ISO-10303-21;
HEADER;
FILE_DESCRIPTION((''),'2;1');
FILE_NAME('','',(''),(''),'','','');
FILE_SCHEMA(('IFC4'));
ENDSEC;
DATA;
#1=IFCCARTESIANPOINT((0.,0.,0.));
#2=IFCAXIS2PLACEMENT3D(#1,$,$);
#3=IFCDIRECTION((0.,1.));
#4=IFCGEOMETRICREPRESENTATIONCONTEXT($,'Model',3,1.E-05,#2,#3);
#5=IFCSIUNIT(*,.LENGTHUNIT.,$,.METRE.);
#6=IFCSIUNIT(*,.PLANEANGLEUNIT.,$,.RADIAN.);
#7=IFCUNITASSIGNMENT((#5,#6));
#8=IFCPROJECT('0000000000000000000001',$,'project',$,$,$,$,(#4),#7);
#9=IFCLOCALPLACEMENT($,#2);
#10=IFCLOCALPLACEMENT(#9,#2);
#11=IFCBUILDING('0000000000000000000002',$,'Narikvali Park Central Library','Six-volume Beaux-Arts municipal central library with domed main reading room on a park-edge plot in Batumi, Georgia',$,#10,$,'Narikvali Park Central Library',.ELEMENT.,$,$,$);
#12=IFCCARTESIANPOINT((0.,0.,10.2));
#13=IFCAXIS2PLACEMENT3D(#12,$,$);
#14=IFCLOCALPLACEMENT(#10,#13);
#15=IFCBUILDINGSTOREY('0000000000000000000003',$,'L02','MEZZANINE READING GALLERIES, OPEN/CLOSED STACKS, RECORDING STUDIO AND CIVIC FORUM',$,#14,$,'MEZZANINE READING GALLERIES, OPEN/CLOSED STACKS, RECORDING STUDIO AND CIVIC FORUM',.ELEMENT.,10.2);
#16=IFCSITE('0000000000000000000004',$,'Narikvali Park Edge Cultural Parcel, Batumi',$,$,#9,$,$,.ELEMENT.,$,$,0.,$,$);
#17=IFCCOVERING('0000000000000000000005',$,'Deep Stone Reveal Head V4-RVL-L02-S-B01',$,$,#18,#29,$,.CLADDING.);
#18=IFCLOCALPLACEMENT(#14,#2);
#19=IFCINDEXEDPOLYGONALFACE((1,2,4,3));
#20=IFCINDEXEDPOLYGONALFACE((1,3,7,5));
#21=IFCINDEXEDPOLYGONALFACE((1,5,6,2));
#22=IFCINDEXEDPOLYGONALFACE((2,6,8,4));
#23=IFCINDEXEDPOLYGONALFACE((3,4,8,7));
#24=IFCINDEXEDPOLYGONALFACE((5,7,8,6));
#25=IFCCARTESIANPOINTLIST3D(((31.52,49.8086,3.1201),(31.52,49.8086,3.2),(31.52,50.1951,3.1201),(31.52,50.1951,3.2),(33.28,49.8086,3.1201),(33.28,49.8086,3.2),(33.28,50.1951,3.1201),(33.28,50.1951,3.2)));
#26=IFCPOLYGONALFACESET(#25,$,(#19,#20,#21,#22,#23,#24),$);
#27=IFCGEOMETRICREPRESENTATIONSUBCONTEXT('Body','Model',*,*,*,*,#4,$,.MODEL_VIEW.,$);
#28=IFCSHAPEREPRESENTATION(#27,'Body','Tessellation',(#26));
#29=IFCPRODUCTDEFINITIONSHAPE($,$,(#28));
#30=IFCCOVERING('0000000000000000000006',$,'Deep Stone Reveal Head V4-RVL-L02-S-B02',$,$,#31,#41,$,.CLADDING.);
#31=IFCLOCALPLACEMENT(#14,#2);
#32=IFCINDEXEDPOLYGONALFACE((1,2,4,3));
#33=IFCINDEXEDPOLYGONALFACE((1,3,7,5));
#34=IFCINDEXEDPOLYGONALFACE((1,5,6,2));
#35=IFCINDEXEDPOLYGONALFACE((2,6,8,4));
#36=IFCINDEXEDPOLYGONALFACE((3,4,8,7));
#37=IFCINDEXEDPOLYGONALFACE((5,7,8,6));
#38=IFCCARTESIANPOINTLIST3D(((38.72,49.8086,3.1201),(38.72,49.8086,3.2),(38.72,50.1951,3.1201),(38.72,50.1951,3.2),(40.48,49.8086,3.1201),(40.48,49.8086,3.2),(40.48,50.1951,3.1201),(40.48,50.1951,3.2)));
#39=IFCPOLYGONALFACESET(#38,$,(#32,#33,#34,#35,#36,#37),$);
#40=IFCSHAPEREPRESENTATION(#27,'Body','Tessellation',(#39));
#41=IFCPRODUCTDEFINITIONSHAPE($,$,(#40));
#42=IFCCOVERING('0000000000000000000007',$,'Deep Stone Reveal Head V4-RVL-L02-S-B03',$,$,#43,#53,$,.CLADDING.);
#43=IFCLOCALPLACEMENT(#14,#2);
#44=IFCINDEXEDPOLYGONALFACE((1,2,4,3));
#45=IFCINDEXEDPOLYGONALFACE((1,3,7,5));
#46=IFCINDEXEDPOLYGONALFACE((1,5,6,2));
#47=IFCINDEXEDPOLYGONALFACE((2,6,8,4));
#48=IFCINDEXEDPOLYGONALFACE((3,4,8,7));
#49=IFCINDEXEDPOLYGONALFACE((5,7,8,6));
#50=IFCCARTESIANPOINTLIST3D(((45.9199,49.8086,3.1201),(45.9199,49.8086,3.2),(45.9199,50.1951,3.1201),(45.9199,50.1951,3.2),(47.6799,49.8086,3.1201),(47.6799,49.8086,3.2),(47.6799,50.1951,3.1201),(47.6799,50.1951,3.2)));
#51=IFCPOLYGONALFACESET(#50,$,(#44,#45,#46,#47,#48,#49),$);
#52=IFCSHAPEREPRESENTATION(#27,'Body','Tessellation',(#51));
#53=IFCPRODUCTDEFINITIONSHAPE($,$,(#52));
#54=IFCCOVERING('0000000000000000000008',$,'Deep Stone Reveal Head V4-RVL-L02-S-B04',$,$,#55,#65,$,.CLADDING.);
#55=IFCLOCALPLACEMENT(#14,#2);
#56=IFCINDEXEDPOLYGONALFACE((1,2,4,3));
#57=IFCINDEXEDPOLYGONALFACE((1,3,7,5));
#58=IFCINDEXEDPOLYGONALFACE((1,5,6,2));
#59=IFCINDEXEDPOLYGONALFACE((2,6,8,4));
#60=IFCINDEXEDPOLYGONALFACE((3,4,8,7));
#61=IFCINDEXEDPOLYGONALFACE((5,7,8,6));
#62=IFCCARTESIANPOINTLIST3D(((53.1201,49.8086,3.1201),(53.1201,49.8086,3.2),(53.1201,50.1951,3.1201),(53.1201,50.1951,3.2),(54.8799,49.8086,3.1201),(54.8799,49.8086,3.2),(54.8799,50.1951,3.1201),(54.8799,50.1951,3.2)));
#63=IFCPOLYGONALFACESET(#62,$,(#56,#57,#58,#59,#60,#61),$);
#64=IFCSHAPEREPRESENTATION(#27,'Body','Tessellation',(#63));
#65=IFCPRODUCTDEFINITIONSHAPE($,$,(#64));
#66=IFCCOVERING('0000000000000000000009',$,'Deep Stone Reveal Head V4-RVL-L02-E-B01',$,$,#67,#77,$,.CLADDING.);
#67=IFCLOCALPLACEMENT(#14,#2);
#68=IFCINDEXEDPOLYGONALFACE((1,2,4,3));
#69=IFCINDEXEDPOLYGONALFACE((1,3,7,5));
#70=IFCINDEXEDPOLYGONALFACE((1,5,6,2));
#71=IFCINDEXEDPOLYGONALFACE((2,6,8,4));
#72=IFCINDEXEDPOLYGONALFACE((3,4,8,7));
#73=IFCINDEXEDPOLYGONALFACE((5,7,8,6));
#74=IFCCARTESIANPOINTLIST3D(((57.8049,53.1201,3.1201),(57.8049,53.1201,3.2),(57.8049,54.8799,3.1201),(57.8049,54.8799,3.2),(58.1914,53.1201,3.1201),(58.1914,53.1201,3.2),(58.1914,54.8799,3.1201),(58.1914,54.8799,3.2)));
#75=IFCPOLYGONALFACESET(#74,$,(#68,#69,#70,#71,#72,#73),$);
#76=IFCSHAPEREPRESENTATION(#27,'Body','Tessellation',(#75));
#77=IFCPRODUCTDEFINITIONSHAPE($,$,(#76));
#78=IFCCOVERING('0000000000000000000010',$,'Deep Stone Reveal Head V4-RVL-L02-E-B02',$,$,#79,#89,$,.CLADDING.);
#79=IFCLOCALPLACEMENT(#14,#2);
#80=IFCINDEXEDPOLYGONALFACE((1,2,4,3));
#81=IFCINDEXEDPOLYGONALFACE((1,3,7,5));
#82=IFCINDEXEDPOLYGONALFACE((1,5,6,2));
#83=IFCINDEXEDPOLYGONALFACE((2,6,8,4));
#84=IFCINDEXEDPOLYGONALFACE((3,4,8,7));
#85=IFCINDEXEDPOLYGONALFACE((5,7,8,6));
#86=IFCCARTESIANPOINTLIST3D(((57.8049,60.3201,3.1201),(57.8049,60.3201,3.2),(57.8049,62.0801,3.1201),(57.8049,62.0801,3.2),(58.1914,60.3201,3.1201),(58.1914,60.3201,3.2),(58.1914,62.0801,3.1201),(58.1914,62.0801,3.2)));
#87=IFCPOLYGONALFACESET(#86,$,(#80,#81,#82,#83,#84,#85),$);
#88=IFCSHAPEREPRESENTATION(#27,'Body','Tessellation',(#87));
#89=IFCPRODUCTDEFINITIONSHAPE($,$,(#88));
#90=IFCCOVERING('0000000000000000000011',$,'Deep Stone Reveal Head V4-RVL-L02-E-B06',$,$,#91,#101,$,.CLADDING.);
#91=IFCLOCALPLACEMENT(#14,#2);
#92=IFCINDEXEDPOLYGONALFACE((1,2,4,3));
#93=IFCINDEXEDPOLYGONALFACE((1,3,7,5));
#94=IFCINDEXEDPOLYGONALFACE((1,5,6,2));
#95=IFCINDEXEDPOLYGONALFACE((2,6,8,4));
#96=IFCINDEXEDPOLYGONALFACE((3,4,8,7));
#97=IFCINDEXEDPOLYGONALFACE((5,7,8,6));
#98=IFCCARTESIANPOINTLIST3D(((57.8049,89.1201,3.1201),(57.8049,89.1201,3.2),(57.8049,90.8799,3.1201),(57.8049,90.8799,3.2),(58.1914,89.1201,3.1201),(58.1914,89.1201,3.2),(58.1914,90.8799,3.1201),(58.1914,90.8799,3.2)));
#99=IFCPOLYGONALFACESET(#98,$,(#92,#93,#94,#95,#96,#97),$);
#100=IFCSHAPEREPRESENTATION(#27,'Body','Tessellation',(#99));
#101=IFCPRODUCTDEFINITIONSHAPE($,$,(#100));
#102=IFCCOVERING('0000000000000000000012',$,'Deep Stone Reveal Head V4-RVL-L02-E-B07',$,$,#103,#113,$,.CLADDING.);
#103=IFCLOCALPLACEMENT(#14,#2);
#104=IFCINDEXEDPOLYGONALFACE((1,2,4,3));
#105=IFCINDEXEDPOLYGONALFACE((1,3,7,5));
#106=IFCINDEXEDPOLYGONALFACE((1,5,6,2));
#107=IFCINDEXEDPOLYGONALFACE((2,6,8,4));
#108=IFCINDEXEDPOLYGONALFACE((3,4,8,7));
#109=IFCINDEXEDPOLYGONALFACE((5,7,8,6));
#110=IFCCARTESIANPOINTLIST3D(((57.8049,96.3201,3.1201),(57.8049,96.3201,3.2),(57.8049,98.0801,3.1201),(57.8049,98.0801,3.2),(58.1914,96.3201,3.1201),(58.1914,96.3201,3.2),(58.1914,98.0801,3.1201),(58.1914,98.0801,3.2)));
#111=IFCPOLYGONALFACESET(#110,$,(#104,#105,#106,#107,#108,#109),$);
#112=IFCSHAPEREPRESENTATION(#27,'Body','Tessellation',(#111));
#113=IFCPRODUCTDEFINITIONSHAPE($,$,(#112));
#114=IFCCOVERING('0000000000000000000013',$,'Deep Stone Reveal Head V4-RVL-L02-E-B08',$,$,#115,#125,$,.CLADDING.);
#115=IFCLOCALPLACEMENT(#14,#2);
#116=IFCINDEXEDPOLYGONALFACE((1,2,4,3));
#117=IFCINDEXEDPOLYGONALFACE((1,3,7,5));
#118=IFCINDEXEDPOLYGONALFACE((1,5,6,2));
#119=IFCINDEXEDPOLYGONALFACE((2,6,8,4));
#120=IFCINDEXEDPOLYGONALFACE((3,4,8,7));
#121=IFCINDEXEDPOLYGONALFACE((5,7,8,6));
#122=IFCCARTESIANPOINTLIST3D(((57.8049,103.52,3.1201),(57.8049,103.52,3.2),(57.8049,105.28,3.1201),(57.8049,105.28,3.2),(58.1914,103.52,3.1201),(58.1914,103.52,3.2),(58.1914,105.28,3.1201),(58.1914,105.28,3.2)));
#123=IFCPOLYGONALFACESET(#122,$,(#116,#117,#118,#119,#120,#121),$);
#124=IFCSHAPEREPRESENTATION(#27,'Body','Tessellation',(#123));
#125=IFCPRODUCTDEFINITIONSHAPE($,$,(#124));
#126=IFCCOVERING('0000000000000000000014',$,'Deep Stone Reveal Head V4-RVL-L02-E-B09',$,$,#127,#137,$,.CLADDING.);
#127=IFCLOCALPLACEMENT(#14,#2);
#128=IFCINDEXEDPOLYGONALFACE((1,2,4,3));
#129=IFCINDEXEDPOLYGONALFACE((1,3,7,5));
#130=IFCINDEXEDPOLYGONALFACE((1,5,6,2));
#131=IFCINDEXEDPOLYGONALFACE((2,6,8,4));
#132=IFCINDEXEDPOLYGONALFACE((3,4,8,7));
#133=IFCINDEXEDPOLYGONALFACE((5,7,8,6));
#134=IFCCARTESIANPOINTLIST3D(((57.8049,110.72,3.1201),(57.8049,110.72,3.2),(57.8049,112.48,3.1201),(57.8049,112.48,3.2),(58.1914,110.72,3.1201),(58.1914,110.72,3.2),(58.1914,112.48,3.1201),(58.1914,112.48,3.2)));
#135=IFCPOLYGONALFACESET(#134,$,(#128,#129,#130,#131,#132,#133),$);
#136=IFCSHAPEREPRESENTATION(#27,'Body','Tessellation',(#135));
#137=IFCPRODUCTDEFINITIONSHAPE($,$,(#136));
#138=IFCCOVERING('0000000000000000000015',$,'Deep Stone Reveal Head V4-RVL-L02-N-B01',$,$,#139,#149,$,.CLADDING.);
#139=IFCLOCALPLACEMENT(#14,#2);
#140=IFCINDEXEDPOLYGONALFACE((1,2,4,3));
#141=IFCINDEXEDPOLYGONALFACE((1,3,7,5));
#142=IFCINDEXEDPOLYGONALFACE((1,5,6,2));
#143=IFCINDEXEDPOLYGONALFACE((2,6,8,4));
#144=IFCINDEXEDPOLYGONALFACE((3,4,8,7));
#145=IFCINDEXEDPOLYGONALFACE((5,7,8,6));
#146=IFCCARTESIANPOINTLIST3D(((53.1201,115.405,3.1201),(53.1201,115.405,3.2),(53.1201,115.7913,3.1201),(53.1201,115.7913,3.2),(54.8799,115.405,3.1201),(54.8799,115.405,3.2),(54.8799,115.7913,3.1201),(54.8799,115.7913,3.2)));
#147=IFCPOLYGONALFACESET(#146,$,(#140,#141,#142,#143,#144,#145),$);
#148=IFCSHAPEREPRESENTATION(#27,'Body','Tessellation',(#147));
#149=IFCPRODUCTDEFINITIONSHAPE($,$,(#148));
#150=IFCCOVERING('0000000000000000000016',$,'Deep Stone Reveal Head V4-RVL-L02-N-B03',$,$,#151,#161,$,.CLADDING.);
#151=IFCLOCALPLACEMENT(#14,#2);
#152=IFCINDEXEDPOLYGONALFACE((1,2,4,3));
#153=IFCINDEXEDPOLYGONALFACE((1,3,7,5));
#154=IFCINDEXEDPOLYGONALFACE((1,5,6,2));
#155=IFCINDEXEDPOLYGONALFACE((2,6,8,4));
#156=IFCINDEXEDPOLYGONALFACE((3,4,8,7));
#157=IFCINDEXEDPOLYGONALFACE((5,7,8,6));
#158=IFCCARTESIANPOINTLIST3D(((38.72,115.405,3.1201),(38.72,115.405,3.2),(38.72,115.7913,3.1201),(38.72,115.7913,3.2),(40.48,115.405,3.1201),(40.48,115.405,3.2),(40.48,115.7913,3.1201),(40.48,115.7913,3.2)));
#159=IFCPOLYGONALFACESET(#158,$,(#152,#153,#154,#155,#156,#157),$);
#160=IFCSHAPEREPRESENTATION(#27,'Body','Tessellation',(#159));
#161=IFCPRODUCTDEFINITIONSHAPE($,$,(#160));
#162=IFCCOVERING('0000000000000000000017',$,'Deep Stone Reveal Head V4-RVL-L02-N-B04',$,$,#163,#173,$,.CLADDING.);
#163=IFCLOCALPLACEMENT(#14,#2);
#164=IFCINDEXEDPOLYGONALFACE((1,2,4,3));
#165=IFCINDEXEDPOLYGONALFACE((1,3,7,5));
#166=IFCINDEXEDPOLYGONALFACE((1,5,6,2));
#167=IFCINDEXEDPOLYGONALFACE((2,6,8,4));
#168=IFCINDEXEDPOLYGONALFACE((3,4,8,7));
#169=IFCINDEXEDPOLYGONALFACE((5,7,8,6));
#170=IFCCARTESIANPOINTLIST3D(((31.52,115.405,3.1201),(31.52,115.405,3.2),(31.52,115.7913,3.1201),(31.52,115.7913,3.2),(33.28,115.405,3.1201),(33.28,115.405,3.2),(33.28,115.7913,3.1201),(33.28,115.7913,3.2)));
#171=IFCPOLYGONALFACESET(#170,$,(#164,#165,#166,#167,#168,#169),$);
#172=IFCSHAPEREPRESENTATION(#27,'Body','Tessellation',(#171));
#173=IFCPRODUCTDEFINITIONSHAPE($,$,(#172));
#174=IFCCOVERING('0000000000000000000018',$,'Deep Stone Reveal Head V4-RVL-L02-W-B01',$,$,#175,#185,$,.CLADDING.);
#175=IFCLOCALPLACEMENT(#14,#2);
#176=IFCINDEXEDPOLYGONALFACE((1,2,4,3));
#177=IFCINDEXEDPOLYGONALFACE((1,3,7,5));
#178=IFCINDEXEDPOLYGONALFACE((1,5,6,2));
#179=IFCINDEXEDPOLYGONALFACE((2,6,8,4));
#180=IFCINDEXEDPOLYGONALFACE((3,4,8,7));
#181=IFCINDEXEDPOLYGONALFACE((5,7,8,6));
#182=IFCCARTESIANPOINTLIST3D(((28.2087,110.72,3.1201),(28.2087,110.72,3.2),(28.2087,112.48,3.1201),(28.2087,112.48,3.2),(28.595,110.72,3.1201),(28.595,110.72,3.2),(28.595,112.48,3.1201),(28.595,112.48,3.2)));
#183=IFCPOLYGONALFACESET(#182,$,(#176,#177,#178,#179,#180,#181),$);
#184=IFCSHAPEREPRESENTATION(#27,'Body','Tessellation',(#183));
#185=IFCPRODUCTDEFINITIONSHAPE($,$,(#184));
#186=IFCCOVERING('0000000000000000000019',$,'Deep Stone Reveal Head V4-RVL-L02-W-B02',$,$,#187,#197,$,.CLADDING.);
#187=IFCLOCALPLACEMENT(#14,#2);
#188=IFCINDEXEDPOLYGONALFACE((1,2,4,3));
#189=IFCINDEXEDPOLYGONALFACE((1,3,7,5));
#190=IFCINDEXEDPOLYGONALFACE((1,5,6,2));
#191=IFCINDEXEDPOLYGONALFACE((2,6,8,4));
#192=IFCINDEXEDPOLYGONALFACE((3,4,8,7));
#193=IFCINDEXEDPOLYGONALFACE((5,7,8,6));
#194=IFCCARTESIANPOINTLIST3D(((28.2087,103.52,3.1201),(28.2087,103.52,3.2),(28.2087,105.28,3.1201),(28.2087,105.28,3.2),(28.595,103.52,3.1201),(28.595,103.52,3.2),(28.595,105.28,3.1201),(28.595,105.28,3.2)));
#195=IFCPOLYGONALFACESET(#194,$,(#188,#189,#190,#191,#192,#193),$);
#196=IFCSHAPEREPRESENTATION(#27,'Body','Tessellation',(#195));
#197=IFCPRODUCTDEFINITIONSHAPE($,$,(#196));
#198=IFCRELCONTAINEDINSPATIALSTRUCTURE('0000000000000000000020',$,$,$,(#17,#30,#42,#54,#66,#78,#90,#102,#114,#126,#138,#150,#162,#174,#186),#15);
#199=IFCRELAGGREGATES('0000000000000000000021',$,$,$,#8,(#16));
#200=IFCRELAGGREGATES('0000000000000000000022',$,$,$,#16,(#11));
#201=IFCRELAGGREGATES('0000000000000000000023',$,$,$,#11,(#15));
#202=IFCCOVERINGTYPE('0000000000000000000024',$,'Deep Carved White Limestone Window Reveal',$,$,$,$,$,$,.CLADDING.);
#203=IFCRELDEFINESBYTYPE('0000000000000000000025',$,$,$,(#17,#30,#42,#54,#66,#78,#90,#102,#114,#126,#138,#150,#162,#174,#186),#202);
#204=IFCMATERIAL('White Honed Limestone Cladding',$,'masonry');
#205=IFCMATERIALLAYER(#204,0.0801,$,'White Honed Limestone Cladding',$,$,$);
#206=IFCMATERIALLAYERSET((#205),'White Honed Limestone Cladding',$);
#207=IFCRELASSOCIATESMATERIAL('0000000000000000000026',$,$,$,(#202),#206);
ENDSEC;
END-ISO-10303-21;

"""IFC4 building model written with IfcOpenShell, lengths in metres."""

from ifc_helpers import new_model, si_unit, direction, frame, origin, place, context, subcontext, project, spatial, polyline, outline, extrude, material, layer, layer_set, type_object, element, save


model = new_model("IFC4")

# Units and contexts
model_context = context("Model", 3, precision=1e-05, world=origin(), true_north=direction((0.0, 1.0)))
body_context = subcontext(model_context, "Body", "Model", "MODEL_VIEW")
ifc_project = project(units=[si_unit("LENGTHUNIT", "METRE"), si_unit("PLANEANGLEUNIT", "RADIAN")], contexts=[model_context])

# Site, building, storey
site_placement = place(None, origin())
site = spatial("IfcSite", under=ifc_project, at=site_placement, Name="Narikvali Park Edge Cultural Parcel, Batumi", CompositionType="ELEMENT", RefElevation=0.0)
building_placement = place(site_placement, origin())
building = spatial("IfcBuilding", under=site, at=building_placement, Name="Narikvali Park Central Library", Description="Six-volume Beaux-Arts municipal central library with domed main reading room on a park-edge plot in Batumi, Georgia", LongName="Narikvali Park Central Library", CompositionType="ELEMENT")
storey_placement = place(building_placement, frame((0.0, 0.0, 10.2)))
storey = spatial("IfcBuildingStorey", under=building, at=storey_placement, Name="L02", Description="MEZZANINE READING GALLERIES, OPEN/CLOSED STACKS, RECORDING STUDIO AND CIVIC FORUM", LongName="MEZZANINE READING GALLERIES, OPEN/CLOSED STACKS, RECORDING STUDIO AND CIVIC FORUM", CompositionType="ELEMENT", Elevation=10.2)

# Coverings
ifc_material = material(Name="White Honed Limestone Cladding", Category="masonry")
ifc_layer = layer(ifc_material, 0.0801, Name="White Honed Limestone Cladding")
ifc_layer_set = layer_set([ifc_layer], Name="White Honed Limestone Cladding")
covering_type = type_object("IfcCoveringType", Name="Deep Carved White Limestone Window Reveal", PredefinedType="CLADDING", material=ifc_layer_set)
covering_1_placement = place(storey_placement, frame((0.0, 0.0, 3.1201)))
element("IfcCovering", 1, at=covering_1_placement, inside=storey, type_object=covering_type, Name="Deep Stone Reveal Head V4-RVL-L02-S-B01", PredefinedType="CLADDING", context=body_context, shape_type="SweptSolid", body=[
    extrude(outline(polyline([(31.52, 50.1951), (33.28, 50.1951), (33.28, 49.8086), (31.52, 49.8086), (31.52, 50.1951)])), origin(), (0.0, 0.0, 1.0), 0.0798),
])
covering_2_placement = place(storey_placement, frame((0.0, 0.0, 3.1201)))
element("IfcCovering", 2, at=covering_2_placement, inside=storey, type_object=covering_type, Name="Deep Stone Reveal Head V4-RVL-L02-S-B02", PredefinedType="CLADDING", context=body_context, shape_type="SweptSolid", body=[
    extrude(outline(polyline([(38.72, 50.1951), (40.48, 50.1951), (40.48, 49.8086), (38.72, 49.8086), (38.72, 50.1951)])), origin(), (0.0, 0.0, 1.0), 0.0798),
])
covering_3_placement = place(storey_placement, frame((0.0, 0.0, 3.1201)))
element("IfcCovering", 3, at=covering_3_placement, inside=storey, type_object=covering_type, Name="Deep Stone Reveal Head V4-RVL-L02-S-B03", PredefinedType="CLADDING", context=body_context, shape_type="SweptSolid", body=[
    extrude(outline(polyline([(45.9199, 50.1951), (47.6799, 50.1951), (47.6799, 49.8086), (45.9199, 49.8086), (45.9199, 50.1951)])), origin(), (0.0, 0.0, 1.0), 0.0798),
])
covering_4_placement = place(storey_placement, frame((0.0, 0.0, 3.1201)))
element("IfcCovering", 4, at=covering_4_placement, inside=storey, type_object=covering_type, Name="Deep Stone Reveal Head V4-RVL-L02-S-B04", PredefinedType="CLADDING", context=body_context, shape_type="SweptSolid", body=[
    extrude(outline(polyline([(53.1201, 50.1951), (54.8799, 50.1951), (54.8799, 49.8086), (53.1201, 49.8086), (53.1201, 50.1951)])), origin(), (0.0, 0.0, 1.0), 0.0798),
])
covering_5_placement = place(storey_placement, frame((0.0, 0.0, 3.1201)))
element("IfcCovering", 5, at=covering_5_placement, inside=storey, type_object=covering_type, Name="Deep Stone Reveal Head V4-RVL-L02-E-B01", PredefinedType="CLADDING", context=body_context, shape_type="SweptSolid", body=[
    extrude(outline(polyline([(57.8049, 53.1201), (57.8049, 54.8799), (58.1914, 54.8799), (58.1914, 53.1201), (57.8049, 53.1201)])), origin(), (0.0, 0.0, 1.0), 0.0798),
])
covering_6_placement = place(storey_placement, frame((0.0, 0.0, 3.1201)))
element("IfcCovering", 6, at=covering_6_placement, inside=storey, type_object=covering_type, Name="Deep Stone Reveal Head V4-RVL-L02-E-B02", PredefinedType="CLADDING", context=body_context, shape_type="SweptSolid", body=[
    extrude(outline(polyline([(57.8049, 60.3201), (57.8049, 62.0801), (58.1914, 62.0801), (58.1914, 60.3201), (57.8049, 60.3201)])), origin(), (0.0, 0.0, 1.0), 0.0798),
])
covering_7_placement = place(storey_placement, frame((0.0, 0.0, 3.1201)))
element("IfcCovering", 7, at=covering_7_placement, inside=storey, type_object=covering_type, Name="Deep Stone Reveal Head V4-RVL-L02-E-B06", PredefinedType="CLADDING", context=body_context, shape_type="SweptSolid", body=[
    extrude(outline(polyline([(57.8049, 89.1201), (57.8049, 90.8799), (58.1914, 90.8799), (58.1914, 89.1201), (57.8049, 89.1201)])), origin(), (0.0, 0.0, 1.0), 0.0798),
])
covering_8_placement = place(storey_placement, frame((0.0, 0.0, 3.1201)))
element("IfcCovering", 8, at=covering_8_placement, inside=storey, type_object=covering_type, Name="Deep Stone Reveal Head V4-RVL-L02-E-B07", PredefinedType="CLADDING", context=body_context, shape_type="SweptSolid", body=[
    extrude(outline(polyline([(57.8049, 96.3201), (57.8049, 98.0801), (58.1914, 98.0801), (58.1914, 96.3201), (57.8049, 96.3201)])), origin(), (0.0, 0.0, 1.0), 0.0798),
])
covering_9_placement = place(storey_placement, frame((0.0, 0.0, 3.1201)))
element("IfcCovering", 9, at=covering_9_placement, inside=storey, type_object=covering_type, Name="Deep Stone Reveal Head V4-RVL-L02-E-B08", PredefinedType="CLADDING", context=body_context, shape_type="SweptSolid", body=[
    extrude(outline(polyline([(57.8049, 103.52), (57.8049, 105.28), (58.1914, 105.28), (58.1914, 103.52), (57.8049, 103.52)])), origin(), (0.0, 0.0, 1.0), 0.0798),
])
covering_10_placement = place(storey_placement, frame((0.0, 0.0, 3.1201)))
element("IfcCovering", 10, at=covering_10_placement, inside=storey, type_object=covering_type, Name="Deep Stone Reveal Head V4-RVL-L02-E-B09", PredefinedType="CLADDING", context=body_context, shape_type="SweptSolid", body=[
    extrude(outline(polyline([(57.8049, 110.72), (57.8049, 112.48), (58.1914, 112.48), (58.1914, 110.72), (57.8049, 110.72)])), origin(), (0.0, 0.0, 1.0), 0.0798),
])
covering_11_placement = place(storey_placement, frame((0.0, 0.0, 3.1201)))
element("IfcCovering", 11, at=covering_11_placement, inside=storey, type_object=covering_type, Name="Deep Stone Reveal Head V4-RVL-L02-N-B01", PredefinedType="CLADDING", context=body_context, shape_type="SweptSolid", body=[
    extrude(outline(polyline([(54.8799, 115.405), (53.1201, 115.405), (53.1201, 115.7913), (54.8799, 115.7913), (54.8799, 115.405)])), origin(), (0.0, 0.0, 1.0), 0.0798),
])
covering_12_placement = place(storey_placement, frame((0.0, 0.0, 3.1201)))
element("IfcCovering", 12, at=covering_12_placement, inside=storey, type_object=covering_type, Name="Deep Stone Reveal Head V4-RVL-L02-N-B03", PredefinedType="CLADDING", context=body_context, shape_type="SweptSolid", body=[
    extrude(outline(polyline([(40.48, 115.405), (38.72, 115.405), (38.72, 115.7913), (40.48, 115.7913), (40.48, 115.405)])), origin(), (0.0, 0.0, 1.0), 0.0798),
])
covering_13_placement = place(storey_placement, frame((0.0, 0.0, 3.1201)))
element("IfcCovering", 13, at=covering_13_placement, inside=storey, type_object=covering_type, Name="Deep Stone Reveal Head V4-RVL-L02-N-B04", PredefinedType="CLADDING", context=body_context, shape_type="SweptSolid", body=[
    extrude(outline(polyline([(33.28, 115.405), (31.52, 115.405), (31.52, 115.7913), (33.28, 115.7913), (33.28, 115.405)])), origin(), (0.0, 0.0, 1.0), 0.0798),
])
covering_14_placement = place(storey_placement, frame((0.0, 0.0, 3.1201)))
element("IfcCovering", 14, at=covering_14_placement, inside=storey, type_object=covering_type, Name="Deep Stone Reveal Head V4-RVL-L02-W-B01", PredefinedType="CLADDING", context=body_context, shape_type="SweptSolid", body=[
    extrude(outline(polyline([(28.595, 112.48), (28.595, 110.72), (28.2087, 110.72), (28.2087, 112.48), (28.595, 112.48)])), origin(), (0.0, 0.0, 1.0), 0.0798),
])
covering_15_placement = place(storey_placement, frame((0.0, 0.0, 3.1201)))
element("IfcCovering", 15, at=covering_15_placement, inside=storey, type_object=covering_type, Name="Deep Stone Reveal Head V4-RVL-L02-W-B02", PredefinedType="CLADDING", context=body_context, shape_type="SweptSolid", body=[
    extrude(outline(polyline([(28.595, 105.28), (28.595, 103.52), (28.2087, 103.52), (28.2087, 105.28), (28.595, 105.28)])), origin(), (0.0, 0.0, 1.0), 0.0798),
])

save(model, "model.ifc")
